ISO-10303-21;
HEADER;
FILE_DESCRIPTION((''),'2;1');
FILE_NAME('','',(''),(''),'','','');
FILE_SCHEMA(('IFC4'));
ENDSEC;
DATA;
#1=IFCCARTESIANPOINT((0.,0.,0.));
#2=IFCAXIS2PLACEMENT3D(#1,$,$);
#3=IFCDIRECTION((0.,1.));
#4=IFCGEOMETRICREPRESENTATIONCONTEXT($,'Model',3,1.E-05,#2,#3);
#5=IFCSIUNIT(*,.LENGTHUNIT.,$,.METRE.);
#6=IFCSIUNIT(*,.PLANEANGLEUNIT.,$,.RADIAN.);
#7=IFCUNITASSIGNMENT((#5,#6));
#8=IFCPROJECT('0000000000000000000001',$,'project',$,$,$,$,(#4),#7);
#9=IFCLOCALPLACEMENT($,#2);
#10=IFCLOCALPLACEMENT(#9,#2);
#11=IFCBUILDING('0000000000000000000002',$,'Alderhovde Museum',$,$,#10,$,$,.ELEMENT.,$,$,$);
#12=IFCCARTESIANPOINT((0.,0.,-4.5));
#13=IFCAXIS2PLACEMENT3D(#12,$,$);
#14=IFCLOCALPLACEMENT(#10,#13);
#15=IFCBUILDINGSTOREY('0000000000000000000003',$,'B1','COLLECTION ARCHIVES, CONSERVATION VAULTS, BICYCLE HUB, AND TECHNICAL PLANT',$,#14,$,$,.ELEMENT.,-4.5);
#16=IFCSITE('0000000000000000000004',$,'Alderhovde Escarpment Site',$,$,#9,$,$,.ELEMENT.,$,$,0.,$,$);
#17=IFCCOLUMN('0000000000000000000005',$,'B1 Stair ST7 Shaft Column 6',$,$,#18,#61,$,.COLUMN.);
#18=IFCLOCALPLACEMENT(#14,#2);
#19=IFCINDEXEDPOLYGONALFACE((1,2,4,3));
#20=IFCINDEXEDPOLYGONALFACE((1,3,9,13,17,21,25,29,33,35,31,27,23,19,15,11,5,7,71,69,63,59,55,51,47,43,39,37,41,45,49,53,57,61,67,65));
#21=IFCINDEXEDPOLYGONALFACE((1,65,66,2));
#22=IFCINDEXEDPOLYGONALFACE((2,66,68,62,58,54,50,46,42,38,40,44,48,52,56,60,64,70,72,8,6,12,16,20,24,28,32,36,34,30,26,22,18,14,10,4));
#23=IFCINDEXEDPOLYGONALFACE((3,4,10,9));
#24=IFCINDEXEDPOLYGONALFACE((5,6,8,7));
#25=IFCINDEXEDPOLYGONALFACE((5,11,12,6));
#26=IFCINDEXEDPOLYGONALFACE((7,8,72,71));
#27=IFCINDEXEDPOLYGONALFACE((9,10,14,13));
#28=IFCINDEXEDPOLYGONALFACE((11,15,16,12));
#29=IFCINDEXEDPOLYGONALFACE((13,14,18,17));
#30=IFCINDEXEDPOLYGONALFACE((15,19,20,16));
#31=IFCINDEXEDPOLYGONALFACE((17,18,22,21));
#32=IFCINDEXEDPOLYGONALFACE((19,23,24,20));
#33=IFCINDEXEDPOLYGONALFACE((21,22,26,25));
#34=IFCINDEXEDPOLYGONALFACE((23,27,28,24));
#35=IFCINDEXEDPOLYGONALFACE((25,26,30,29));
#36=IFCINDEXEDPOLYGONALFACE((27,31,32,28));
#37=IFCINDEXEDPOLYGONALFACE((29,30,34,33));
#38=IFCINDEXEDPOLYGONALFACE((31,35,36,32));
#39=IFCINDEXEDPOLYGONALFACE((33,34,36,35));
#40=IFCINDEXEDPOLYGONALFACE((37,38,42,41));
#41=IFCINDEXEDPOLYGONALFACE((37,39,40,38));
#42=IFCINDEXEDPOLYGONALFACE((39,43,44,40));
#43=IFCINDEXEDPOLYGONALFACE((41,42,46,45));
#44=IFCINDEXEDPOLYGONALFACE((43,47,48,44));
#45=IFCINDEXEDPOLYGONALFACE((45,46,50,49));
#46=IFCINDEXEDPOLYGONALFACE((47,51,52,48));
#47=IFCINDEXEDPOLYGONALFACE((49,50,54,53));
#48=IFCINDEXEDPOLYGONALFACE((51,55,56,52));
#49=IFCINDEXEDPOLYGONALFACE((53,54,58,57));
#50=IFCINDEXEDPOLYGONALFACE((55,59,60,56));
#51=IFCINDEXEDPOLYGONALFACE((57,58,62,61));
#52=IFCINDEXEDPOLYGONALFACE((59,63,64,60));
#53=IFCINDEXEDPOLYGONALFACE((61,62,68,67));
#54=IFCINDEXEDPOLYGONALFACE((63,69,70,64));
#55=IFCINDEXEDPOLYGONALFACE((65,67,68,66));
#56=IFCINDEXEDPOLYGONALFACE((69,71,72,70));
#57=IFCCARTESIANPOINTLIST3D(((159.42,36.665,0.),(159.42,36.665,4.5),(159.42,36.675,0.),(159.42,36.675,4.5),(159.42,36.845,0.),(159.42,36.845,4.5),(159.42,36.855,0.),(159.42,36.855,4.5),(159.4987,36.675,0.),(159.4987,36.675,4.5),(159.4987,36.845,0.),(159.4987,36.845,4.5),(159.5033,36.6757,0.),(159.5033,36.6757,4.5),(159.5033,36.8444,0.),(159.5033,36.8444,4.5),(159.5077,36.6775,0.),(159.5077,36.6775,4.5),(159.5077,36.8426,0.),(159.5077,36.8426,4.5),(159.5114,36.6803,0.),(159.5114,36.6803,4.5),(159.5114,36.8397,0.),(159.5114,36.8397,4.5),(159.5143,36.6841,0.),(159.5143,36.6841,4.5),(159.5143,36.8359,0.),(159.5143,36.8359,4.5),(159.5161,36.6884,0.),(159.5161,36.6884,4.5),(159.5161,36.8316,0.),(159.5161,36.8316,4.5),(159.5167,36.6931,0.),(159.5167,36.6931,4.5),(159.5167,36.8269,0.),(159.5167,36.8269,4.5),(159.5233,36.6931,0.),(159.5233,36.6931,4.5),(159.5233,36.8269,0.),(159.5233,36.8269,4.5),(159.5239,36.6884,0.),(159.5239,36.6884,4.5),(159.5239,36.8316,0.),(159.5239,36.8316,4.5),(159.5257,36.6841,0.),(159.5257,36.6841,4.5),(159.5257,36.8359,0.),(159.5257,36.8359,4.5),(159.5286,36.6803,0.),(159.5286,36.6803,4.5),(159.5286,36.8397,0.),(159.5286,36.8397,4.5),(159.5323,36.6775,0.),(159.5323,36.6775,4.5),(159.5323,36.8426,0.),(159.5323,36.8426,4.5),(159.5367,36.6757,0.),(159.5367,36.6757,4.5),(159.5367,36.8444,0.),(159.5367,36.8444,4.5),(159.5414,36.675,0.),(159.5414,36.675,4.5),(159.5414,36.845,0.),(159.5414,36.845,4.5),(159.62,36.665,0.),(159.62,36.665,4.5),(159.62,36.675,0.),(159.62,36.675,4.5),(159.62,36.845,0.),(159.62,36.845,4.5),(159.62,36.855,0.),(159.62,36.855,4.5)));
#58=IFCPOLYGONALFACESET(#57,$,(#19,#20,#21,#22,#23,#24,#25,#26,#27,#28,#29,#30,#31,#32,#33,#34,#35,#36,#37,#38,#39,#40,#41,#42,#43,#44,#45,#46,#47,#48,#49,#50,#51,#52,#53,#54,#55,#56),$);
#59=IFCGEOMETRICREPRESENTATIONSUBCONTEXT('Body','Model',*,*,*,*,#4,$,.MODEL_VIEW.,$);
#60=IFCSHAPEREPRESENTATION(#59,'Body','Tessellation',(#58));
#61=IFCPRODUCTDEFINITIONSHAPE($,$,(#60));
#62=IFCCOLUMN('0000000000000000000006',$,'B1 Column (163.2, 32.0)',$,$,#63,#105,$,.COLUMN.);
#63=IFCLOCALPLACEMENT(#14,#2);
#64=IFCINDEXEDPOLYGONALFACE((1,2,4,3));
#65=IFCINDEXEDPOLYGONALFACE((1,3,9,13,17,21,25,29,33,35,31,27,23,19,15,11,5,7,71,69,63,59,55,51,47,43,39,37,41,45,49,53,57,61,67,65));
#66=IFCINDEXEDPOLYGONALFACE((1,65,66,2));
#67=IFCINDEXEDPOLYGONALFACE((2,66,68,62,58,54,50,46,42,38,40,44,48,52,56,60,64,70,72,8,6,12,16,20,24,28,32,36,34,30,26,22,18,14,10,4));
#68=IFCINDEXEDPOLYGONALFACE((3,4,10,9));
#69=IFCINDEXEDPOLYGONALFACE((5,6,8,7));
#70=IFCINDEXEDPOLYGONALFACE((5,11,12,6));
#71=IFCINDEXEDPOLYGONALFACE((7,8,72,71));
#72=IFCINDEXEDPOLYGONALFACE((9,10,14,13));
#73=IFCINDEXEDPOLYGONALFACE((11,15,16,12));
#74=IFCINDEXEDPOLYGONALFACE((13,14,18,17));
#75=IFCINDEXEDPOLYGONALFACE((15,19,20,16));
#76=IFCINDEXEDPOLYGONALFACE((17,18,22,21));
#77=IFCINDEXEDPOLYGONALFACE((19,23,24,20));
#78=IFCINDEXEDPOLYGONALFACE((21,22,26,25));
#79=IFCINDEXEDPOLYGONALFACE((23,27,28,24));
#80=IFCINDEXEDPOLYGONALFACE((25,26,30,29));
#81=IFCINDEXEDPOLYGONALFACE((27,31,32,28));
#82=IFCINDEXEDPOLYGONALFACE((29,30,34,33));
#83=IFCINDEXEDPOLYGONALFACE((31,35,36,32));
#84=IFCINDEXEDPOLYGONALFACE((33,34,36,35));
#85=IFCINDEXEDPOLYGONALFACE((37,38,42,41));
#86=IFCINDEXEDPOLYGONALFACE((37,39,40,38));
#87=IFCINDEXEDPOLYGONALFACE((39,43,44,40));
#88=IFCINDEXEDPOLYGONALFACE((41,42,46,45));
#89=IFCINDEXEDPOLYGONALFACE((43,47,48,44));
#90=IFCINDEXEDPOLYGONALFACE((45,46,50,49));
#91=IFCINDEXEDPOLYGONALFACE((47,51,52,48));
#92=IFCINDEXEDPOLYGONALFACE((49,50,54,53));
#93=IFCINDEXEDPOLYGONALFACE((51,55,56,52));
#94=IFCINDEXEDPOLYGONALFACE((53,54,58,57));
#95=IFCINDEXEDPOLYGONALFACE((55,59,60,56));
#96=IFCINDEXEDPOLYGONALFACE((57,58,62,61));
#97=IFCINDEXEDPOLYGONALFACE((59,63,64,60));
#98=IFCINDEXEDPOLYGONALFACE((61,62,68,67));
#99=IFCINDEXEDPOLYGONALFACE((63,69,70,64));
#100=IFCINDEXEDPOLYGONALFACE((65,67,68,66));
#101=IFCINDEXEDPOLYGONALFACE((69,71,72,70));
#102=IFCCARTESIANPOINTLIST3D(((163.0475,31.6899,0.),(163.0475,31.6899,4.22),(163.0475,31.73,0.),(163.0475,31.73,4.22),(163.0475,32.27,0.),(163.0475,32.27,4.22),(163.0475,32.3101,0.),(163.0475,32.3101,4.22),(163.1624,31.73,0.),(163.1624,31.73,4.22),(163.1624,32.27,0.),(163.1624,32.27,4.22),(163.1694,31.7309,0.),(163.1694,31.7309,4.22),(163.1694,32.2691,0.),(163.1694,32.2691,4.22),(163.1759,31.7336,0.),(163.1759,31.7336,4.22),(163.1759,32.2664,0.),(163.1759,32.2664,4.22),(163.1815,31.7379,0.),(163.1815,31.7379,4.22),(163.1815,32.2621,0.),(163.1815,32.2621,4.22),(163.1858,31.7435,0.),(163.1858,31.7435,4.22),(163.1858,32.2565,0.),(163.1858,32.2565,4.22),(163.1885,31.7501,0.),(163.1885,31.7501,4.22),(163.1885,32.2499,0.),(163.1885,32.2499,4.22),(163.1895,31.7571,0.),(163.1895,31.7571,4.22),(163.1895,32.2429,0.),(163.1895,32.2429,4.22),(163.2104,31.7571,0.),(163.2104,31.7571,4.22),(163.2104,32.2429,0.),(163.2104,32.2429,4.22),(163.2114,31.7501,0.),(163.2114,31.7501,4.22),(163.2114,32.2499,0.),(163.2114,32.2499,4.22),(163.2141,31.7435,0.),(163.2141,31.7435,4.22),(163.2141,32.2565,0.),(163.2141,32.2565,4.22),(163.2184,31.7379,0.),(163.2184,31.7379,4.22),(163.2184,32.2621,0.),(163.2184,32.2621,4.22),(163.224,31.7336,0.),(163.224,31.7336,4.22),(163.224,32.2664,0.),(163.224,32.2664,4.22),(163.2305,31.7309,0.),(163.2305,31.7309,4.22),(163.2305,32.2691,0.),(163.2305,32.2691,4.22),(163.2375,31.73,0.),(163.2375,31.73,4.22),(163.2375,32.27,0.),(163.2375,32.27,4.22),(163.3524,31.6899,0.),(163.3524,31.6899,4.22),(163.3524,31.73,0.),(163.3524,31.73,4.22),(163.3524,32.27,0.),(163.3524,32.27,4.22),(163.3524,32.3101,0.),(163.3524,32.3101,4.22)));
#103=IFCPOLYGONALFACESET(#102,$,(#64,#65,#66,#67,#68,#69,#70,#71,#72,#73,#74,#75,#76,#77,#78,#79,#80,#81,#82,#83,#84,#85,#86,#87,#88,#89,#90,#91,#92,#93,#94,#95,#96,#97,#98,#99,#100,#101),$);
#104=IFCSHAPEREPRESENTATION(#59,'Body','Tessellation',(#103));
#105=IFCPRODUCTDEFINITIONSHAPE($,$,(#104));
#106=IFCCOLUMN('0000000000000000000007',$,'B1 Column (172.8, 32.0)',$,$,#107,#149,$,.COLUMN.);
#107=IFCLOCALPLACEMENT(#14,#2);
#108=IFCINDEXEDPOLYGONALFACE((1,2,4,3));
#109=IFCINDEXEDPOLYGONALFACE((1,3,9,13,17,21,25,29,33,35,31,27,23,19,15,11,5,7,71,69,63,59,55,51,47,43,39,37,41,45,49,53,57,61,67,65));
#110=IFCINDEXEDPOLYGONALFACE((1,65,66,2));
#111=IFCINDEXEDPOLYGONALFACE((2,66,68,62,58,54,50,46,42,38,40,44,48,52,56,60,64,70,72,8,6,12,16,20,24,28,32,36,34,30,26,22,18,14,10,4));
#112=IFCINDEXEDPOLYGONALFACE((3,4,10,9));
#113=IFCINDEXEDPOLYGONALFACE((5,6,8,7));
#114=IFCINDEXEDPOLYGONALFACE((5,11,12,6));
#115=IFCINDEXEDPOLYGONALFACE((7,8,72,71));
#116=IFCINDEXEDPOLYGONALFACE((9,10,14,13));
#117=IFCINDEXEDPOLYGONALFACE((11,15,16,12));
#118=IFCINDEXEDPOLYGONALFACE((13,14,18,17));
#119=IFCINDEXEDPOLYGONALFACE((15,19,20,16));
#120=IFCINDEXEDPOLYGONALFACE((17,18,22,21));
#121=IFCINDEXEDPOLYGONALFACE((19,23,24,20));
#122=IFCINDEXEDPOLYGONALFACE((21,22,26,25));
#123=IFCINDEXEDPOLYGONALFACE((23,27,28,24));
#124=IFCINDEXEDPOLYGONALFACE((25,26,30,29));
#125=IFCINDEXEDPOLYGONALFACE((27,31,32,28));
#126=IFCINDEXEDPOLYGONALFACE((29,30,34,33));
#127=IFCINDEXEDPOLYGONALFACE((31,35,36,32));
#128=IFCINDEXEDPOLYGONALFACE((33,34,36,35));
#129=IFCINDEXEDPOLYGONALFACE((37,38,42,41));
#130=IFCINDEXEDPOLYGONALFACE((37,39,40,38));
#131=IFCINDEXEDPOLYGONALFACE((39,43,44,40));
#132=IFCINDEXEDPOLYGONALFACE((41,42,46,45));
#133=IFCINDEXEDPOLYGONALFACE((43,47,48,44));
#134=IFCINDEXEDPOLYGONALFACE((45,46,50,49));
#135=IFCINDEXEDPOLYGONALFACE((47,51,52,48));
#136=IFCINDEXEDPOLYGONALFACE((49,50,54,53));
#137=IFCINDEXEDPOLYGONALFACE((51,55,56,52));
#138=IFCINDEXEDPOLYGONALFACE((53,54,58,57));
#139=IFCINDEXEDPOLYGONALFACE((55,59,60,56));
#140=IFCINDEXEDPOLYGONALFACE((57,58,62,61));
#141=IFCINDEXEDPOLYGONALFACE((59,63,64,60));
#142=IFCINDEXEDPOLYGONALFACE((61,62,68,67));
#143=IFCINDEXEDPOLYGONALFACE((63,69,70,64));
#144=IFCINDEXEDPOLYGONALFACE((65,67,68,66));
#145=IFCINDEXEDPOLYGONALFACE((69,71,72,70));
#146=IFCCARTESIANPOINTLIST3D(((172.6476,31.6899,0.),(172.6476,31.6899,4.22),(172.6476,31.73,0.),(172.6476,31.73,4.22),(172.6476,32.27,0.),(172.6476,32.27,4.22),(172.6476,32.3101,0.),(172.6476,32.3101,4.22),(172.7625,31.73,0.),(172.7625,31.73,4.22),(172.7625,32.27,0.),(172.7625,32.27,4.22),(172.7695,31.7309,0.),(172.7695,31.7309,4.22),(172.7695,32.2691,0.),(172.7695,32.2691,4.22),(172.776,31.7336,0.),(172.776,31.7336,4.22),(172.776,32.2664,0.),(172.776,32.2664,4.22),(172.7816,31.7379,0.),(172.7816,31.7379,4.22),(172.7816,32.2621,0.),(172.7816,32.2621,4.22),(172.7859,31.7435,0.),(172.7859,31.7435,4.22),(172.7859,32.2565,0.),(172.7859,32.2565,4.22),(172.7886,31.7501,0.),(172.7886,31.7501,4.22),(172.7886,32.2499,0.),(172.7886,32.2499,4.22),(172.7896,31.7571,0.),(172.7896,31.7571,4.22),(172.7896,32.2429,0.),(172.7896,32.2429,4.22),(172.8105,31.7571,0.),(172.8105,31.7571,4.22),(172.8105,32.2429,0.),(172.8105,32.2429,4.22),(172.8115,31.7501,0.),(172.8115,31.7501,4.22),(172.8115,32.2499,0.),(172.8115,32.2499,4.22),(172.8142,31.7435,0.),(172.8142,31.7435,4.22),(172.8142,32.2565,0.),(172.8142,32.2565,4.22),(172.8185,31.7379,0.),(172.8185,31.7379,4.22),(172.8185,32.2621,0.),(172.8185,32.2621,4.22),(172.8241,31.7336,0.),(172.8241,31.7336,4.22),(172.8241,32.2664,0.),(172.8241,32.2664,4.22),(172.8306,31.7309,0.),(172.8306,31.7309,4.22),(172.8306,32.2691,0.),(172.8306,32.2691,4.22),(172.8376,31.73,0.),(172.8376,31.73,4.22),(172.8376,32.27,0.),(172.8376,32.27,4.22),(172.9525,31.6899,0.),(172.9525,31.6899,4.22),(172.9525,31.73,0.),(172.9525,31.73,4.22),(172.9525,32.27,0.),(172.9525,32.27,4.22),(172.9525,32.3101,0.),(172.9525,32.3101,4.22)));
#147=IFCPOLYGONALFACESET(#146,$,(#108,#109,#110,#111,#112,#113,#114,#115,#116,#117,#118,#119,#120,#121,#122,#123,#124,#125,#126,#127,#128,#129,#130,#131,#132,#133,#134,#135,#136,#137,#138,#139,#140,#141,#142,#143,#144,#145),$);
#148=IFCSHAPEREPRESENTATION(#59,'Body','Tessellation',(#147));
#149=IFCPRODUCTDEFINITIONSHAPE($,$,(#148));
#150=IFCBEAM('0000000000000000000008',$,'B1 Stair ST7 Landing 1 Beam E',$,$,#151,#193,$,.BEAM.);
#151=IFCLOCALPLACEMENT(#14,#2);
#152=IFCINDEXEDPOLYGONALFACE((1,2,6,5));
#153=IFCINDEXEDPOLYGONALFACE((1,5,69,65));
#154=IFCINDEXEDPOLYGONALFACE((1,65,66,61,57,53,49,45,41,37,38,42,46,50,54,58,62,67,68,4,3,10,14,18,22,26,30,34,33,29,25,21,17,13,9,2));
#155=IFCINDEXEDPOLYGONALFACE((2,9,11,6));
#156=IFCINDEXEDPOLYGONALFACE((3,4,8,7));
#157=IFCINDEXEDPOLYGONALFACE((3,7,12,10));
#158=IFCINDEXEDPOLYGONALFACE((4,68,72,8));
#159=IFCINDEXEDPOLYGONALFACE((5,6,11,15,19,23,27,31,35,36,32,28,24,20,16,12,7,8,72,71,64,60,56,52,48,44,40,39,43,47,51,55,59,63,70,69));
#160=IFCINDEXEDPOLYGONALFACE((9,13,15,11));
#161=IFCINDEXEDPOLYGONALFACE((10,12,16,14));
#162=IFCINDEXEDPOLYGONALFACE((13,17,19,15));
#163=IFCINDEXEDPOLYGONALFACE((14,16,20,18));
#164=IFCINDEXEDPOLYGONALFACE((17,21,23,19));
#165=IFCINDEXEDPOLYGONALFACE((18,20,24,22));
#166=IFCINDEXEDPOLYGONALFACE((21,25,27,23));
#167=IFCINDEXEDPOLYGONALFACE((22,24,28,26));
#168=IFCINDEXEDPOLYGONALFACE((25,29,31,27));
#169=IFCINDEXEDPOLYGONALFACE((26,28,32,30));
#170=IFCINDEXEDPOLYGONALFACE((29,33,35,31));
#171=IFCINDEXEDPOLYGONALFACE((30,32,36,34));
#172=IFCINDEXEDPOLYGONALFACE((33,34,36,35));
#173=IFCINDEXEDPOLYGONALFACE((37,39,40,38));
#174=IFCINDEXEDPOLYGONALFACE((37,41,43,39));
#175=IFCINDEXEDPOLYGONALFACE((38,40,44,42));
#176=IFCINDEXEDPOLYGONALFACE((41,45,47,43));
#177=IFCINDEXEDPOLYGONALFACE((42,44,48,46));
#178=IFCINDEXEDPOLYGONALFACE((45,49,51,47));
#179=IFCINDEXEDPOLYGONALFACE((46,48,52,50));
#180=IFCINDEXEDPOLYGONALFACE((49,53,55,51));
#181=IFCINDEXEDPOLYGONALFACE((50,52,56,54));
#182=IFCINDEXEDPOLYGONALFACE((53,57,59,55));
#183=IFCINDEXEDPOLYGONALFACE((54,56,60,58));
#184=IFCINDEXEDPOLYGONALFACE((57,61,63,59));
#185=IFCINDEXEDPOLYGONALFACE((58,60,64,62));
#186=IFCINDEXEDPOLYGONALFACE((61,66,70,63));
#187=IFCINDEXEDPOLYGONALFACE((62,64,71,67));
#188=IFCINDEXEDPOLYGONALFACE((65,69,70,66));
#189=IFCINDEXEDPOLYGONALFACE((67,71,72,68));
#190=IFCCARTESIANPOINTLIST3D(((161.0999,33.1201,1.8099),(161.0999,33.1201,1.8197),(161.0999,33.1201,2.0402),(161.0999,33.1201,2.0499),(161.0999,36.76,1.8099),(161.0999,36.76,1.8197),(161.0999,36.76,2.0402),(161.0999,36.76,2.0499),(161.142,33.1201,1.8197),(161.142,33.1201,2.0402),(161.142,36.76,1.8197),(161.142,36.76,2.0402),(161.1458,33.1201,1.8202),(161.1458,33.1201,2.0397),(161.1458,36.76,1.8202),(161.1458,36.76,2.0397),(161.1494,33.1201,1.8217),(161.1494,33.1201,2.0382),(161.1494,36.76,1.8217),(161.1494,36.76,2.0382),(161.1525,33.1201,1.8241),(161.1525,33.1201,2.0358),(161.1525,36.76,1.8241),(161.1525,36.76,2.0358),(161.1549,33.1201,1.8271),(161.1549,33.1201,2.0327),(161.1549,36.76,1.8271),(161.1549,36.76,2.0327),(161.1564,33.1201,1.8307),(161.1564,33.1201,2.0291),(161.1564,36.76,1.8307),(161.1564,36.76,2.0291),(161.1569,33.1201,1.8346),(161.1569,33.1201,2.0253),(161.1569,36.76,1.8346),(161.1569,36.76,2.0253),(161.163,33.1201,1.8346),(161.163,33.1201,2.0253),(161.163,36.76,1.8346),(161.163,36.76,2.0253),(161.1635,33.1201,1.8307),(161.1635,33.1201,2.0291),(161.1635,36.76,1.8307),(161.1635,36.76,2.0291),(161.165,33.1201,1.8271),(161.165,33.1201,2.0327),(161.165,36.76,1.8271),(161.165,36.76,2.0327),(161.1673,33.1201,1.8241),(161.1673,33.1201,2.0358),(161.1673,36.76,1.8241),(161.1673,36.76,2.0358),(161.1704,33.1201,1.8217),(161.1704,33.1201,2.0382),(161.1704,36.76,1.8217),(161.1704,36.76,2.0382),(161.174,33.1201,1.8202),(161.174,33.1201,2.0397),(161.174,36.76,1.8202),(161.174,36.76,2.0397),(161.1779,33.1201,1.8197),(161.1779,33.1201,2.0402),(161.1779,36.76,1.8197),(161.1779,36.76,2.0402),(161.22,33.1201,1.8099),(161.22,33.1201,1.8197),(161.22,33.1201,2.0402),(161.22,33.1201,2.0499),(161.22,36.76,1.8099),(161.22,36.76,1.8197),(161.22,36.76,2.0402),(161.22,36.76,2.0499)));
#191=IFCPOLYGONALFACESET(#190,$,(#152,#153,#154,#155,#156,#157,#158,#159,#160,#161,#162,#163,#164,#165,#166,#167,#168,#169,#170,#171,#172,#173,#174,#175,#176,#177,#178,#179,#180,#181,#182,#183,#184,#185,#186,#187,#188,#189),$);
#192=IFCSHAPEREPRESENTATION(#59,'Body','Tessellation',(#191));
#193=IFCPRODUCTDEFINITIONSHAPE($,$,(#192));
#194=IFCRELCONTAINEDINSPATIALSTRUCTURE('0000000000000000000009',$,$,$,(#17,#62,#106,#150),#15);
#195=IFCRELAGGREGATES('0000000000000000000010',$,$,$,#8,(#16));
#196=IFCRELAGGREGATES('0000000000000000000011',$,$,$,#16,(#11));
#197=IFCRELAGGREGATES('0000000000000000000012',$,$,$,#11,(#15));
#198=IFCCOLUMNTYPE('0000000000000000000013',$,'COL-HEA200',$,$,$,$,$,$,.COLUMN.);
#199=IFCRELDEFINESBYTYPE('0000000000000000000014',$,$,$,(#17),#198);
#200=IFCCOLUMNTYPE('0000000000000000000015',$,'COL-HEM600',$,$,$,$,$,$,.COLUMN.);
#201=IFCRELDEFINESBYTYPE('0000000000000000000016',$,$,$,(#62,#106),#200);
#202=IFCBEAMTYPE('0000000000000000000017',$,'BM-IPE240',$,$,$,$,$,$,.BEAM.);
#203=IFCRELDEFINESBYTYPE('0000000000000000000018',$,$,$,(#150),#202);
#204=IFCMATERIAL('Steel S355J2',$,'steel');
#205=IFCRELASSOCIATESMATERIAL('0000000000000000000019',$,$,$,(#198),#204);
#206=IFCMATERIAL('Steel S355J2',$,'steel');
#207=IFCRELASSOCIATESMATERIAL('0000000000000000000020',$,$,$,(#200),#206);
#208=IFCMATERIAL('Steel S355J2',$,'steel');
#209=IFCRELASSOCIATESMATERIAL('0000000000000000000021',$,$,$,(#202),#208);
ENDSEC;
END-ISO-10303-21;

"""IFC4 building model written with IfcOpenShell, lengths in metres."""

from ifc_helpers import new_model, si_unit, direction, frame, origin, origin_2d, place, context, subcontext, project, spatial, i_section, extrude, material, material_profile, profile_set, type_object, element, save


model = new_model("IFC4")

# Units and contexts
model_context = context("Model", 3, precision=1e-05, world=origin(), true_north=direction((0.0, 1.0)))
body_context = subcontext(model_context, "Body", "Model", "MODEL_VIEW")
ifc_project = project(units=[si_unit("LENGTHUNIT", "METRE"), si_unit("PLANEANGLEUNIT", "RADIAN")], contexts=[model_context])

# Site, building, storey
site_placement = place(None, origin())
site = spatial("IfcSite", under=ifc_project, at=site_placement, Name="Alderhovde Escarpment Site", CompositionType="ELEMENT", RefElevation=0.0)
building_placement = place(site_placement, origin())
building = spatial("IfcBuilding", under=site, at=building_placement, Name="Alderhovde Museum", CompositionType="ELEMENT")
storey_placement = place(building_placement, frame((0.0, 0.0, -4.5)))
storey = spatial("IfcBuildingStorey", under=building, at=storey_placement, Name="B1", Description="COLLECTION ARCHIVES, CONSERVATION VAULTS, BICYCLE HUB, AND TECHNICAL PLANT", CompositionType="ELEMENT", Elevation=-4.5)

# Columns
ifc_material_1 = material(Name="Steel S355J2", Category="steel")
ifc_material_profile_1 = material_profile(ifc_material_1, i_section(OverallWidth=0.2, OverallDepth=0.1899, WebThickness=0.0066, FlangeThickness=0.01, FilletRadius=0.0181, at=origin_2d()), Name="HEA 200")
ifc_profile_set_1 = profile_set([ifc_material_profile_1], Name="Steel S355J2")
column_type_1 = type_object("IfcColumnType", Name="COL-HEA200", PredefinedType="COLUMN", material=ifc_profile_set_1)
for number, where, z_axis, x_axis, name in (
    (1, (159.52, 36.76, 0.0), (0.0, 0.0, 1.0), (1.0, 0.0, 0.0), "B1 Stair ST7 Shaft Column 6"),
):
    element("IfcColumn", number, at=place(storey_placement, frame(where, z_axis=z_axis, x_axis=x_axis)), inside=storey, type_object=column_type_1, Name=name, PredefinedType="COLUMN", context=body_context, shape_type="SweptSolid", body=[
        extrude(i_section(OverallWidth=0.2, OverallDepth=0.1899, WebThickness=0.0066, FlangeThickness=0.01, FilletRadius=0.0181, at=origin_2d()), origin(), (0.0, 0.0, 1.0), 4.5),
    ])
ifc_material_2 = material(Name="Steel S355J2", Category="steel")
ifc_material_profile_2 = material_profile(ifc_material_2, i_section(OverallWidth=0.3049, OverallDepth=0.6201, WebThickness=0.021, FlangeThickness=0.04, FilletRadius=0.0271, at=origin_2d()), Name="HEM 600")
ifc_profile_set_2 = profile_set([ifc_material_profile_2], Name="Steel S355J2")
column_type_2 = type_object("IfcColumnType", Name="COL-HEM600", PredefinedType="COLUMN", material=ifc_profile_set_2)
for number, where, z_axis, x_axis, name in (
    (2, (163.2, 32.0, 0.0), (0.0, 0.0, 1.0), (1.0, 0.0, 0.0), "B1 Column (163.2, 32.0)"),
    (3, (172.8, 32.0, 0.0), (0.0, 0.0, 1.0), (1.0, 0.0, 0.0), "B1 Column (172.8, 32.0)"),
):
    element("IfcColumn", number, at=place(storey_placement, frame(where, z_axis=z_axis, x_axis=x_axis)), inside=storey, type_object=column_type_2, Name=name, PredefinedType="COLUMN", context=body_context, shape_type="SweptSolid", body=[
        extrude(i_section(OverallWidth=0.3049, OverallDepth=0.6201, WebThickness=0.021, FlangeThickness=0.04, FilletRadius=0.0271, at=origin_2d()), origin(), (0.0, 0.0, 1.0), 4.22),
    ])

# Beam
ifc_material_3 = material(Name="Steel S355J2", Category="steel")
ifc_material_profile_3 = material_profile(ifc_material_3, i_section(OverallWidth=0.1201, OverallDepth=0.24, WebThickness=0.0061, FlangeThickness=0.0098, FilletRadius=0.0149, at=origin_2d()), Name="IPE 240")
ifc_profile_set_3 = profile_set([ifc_material_profile_3], Name="Steel S355J2")
beam_type = type_object("IfcBeamType", Name="BM-IPE240", PredefinedType="BEAM", material=ifc_profile_set_3)
beam_placement = place(storey_placement, frame((161.1599, 33.1201, 1.9299), z_axis=(0.0, 1.0, 0.0), x_axis=(-1.0, 0.0, 0.0)))
element("IfcBeam", 4, at=beam_placement, inside=storey, type_object=beam_type, Name="B1 Stair ST7 Landing 1 Beam E", PredefinedType="BEAM", context=body_context, shape_type="SweptSolid", body=[
    extrude(i_section(OverallWidth=0.1201, OverallDepth=0.24, WebThickness=0.0061, FlangeThickness=0.0098, FilletRadius=0.0149, at=origin_2d()), origin(), (0.0, 0.0, 1.0), 3.6399),
])

save(model, "model.ifc")
